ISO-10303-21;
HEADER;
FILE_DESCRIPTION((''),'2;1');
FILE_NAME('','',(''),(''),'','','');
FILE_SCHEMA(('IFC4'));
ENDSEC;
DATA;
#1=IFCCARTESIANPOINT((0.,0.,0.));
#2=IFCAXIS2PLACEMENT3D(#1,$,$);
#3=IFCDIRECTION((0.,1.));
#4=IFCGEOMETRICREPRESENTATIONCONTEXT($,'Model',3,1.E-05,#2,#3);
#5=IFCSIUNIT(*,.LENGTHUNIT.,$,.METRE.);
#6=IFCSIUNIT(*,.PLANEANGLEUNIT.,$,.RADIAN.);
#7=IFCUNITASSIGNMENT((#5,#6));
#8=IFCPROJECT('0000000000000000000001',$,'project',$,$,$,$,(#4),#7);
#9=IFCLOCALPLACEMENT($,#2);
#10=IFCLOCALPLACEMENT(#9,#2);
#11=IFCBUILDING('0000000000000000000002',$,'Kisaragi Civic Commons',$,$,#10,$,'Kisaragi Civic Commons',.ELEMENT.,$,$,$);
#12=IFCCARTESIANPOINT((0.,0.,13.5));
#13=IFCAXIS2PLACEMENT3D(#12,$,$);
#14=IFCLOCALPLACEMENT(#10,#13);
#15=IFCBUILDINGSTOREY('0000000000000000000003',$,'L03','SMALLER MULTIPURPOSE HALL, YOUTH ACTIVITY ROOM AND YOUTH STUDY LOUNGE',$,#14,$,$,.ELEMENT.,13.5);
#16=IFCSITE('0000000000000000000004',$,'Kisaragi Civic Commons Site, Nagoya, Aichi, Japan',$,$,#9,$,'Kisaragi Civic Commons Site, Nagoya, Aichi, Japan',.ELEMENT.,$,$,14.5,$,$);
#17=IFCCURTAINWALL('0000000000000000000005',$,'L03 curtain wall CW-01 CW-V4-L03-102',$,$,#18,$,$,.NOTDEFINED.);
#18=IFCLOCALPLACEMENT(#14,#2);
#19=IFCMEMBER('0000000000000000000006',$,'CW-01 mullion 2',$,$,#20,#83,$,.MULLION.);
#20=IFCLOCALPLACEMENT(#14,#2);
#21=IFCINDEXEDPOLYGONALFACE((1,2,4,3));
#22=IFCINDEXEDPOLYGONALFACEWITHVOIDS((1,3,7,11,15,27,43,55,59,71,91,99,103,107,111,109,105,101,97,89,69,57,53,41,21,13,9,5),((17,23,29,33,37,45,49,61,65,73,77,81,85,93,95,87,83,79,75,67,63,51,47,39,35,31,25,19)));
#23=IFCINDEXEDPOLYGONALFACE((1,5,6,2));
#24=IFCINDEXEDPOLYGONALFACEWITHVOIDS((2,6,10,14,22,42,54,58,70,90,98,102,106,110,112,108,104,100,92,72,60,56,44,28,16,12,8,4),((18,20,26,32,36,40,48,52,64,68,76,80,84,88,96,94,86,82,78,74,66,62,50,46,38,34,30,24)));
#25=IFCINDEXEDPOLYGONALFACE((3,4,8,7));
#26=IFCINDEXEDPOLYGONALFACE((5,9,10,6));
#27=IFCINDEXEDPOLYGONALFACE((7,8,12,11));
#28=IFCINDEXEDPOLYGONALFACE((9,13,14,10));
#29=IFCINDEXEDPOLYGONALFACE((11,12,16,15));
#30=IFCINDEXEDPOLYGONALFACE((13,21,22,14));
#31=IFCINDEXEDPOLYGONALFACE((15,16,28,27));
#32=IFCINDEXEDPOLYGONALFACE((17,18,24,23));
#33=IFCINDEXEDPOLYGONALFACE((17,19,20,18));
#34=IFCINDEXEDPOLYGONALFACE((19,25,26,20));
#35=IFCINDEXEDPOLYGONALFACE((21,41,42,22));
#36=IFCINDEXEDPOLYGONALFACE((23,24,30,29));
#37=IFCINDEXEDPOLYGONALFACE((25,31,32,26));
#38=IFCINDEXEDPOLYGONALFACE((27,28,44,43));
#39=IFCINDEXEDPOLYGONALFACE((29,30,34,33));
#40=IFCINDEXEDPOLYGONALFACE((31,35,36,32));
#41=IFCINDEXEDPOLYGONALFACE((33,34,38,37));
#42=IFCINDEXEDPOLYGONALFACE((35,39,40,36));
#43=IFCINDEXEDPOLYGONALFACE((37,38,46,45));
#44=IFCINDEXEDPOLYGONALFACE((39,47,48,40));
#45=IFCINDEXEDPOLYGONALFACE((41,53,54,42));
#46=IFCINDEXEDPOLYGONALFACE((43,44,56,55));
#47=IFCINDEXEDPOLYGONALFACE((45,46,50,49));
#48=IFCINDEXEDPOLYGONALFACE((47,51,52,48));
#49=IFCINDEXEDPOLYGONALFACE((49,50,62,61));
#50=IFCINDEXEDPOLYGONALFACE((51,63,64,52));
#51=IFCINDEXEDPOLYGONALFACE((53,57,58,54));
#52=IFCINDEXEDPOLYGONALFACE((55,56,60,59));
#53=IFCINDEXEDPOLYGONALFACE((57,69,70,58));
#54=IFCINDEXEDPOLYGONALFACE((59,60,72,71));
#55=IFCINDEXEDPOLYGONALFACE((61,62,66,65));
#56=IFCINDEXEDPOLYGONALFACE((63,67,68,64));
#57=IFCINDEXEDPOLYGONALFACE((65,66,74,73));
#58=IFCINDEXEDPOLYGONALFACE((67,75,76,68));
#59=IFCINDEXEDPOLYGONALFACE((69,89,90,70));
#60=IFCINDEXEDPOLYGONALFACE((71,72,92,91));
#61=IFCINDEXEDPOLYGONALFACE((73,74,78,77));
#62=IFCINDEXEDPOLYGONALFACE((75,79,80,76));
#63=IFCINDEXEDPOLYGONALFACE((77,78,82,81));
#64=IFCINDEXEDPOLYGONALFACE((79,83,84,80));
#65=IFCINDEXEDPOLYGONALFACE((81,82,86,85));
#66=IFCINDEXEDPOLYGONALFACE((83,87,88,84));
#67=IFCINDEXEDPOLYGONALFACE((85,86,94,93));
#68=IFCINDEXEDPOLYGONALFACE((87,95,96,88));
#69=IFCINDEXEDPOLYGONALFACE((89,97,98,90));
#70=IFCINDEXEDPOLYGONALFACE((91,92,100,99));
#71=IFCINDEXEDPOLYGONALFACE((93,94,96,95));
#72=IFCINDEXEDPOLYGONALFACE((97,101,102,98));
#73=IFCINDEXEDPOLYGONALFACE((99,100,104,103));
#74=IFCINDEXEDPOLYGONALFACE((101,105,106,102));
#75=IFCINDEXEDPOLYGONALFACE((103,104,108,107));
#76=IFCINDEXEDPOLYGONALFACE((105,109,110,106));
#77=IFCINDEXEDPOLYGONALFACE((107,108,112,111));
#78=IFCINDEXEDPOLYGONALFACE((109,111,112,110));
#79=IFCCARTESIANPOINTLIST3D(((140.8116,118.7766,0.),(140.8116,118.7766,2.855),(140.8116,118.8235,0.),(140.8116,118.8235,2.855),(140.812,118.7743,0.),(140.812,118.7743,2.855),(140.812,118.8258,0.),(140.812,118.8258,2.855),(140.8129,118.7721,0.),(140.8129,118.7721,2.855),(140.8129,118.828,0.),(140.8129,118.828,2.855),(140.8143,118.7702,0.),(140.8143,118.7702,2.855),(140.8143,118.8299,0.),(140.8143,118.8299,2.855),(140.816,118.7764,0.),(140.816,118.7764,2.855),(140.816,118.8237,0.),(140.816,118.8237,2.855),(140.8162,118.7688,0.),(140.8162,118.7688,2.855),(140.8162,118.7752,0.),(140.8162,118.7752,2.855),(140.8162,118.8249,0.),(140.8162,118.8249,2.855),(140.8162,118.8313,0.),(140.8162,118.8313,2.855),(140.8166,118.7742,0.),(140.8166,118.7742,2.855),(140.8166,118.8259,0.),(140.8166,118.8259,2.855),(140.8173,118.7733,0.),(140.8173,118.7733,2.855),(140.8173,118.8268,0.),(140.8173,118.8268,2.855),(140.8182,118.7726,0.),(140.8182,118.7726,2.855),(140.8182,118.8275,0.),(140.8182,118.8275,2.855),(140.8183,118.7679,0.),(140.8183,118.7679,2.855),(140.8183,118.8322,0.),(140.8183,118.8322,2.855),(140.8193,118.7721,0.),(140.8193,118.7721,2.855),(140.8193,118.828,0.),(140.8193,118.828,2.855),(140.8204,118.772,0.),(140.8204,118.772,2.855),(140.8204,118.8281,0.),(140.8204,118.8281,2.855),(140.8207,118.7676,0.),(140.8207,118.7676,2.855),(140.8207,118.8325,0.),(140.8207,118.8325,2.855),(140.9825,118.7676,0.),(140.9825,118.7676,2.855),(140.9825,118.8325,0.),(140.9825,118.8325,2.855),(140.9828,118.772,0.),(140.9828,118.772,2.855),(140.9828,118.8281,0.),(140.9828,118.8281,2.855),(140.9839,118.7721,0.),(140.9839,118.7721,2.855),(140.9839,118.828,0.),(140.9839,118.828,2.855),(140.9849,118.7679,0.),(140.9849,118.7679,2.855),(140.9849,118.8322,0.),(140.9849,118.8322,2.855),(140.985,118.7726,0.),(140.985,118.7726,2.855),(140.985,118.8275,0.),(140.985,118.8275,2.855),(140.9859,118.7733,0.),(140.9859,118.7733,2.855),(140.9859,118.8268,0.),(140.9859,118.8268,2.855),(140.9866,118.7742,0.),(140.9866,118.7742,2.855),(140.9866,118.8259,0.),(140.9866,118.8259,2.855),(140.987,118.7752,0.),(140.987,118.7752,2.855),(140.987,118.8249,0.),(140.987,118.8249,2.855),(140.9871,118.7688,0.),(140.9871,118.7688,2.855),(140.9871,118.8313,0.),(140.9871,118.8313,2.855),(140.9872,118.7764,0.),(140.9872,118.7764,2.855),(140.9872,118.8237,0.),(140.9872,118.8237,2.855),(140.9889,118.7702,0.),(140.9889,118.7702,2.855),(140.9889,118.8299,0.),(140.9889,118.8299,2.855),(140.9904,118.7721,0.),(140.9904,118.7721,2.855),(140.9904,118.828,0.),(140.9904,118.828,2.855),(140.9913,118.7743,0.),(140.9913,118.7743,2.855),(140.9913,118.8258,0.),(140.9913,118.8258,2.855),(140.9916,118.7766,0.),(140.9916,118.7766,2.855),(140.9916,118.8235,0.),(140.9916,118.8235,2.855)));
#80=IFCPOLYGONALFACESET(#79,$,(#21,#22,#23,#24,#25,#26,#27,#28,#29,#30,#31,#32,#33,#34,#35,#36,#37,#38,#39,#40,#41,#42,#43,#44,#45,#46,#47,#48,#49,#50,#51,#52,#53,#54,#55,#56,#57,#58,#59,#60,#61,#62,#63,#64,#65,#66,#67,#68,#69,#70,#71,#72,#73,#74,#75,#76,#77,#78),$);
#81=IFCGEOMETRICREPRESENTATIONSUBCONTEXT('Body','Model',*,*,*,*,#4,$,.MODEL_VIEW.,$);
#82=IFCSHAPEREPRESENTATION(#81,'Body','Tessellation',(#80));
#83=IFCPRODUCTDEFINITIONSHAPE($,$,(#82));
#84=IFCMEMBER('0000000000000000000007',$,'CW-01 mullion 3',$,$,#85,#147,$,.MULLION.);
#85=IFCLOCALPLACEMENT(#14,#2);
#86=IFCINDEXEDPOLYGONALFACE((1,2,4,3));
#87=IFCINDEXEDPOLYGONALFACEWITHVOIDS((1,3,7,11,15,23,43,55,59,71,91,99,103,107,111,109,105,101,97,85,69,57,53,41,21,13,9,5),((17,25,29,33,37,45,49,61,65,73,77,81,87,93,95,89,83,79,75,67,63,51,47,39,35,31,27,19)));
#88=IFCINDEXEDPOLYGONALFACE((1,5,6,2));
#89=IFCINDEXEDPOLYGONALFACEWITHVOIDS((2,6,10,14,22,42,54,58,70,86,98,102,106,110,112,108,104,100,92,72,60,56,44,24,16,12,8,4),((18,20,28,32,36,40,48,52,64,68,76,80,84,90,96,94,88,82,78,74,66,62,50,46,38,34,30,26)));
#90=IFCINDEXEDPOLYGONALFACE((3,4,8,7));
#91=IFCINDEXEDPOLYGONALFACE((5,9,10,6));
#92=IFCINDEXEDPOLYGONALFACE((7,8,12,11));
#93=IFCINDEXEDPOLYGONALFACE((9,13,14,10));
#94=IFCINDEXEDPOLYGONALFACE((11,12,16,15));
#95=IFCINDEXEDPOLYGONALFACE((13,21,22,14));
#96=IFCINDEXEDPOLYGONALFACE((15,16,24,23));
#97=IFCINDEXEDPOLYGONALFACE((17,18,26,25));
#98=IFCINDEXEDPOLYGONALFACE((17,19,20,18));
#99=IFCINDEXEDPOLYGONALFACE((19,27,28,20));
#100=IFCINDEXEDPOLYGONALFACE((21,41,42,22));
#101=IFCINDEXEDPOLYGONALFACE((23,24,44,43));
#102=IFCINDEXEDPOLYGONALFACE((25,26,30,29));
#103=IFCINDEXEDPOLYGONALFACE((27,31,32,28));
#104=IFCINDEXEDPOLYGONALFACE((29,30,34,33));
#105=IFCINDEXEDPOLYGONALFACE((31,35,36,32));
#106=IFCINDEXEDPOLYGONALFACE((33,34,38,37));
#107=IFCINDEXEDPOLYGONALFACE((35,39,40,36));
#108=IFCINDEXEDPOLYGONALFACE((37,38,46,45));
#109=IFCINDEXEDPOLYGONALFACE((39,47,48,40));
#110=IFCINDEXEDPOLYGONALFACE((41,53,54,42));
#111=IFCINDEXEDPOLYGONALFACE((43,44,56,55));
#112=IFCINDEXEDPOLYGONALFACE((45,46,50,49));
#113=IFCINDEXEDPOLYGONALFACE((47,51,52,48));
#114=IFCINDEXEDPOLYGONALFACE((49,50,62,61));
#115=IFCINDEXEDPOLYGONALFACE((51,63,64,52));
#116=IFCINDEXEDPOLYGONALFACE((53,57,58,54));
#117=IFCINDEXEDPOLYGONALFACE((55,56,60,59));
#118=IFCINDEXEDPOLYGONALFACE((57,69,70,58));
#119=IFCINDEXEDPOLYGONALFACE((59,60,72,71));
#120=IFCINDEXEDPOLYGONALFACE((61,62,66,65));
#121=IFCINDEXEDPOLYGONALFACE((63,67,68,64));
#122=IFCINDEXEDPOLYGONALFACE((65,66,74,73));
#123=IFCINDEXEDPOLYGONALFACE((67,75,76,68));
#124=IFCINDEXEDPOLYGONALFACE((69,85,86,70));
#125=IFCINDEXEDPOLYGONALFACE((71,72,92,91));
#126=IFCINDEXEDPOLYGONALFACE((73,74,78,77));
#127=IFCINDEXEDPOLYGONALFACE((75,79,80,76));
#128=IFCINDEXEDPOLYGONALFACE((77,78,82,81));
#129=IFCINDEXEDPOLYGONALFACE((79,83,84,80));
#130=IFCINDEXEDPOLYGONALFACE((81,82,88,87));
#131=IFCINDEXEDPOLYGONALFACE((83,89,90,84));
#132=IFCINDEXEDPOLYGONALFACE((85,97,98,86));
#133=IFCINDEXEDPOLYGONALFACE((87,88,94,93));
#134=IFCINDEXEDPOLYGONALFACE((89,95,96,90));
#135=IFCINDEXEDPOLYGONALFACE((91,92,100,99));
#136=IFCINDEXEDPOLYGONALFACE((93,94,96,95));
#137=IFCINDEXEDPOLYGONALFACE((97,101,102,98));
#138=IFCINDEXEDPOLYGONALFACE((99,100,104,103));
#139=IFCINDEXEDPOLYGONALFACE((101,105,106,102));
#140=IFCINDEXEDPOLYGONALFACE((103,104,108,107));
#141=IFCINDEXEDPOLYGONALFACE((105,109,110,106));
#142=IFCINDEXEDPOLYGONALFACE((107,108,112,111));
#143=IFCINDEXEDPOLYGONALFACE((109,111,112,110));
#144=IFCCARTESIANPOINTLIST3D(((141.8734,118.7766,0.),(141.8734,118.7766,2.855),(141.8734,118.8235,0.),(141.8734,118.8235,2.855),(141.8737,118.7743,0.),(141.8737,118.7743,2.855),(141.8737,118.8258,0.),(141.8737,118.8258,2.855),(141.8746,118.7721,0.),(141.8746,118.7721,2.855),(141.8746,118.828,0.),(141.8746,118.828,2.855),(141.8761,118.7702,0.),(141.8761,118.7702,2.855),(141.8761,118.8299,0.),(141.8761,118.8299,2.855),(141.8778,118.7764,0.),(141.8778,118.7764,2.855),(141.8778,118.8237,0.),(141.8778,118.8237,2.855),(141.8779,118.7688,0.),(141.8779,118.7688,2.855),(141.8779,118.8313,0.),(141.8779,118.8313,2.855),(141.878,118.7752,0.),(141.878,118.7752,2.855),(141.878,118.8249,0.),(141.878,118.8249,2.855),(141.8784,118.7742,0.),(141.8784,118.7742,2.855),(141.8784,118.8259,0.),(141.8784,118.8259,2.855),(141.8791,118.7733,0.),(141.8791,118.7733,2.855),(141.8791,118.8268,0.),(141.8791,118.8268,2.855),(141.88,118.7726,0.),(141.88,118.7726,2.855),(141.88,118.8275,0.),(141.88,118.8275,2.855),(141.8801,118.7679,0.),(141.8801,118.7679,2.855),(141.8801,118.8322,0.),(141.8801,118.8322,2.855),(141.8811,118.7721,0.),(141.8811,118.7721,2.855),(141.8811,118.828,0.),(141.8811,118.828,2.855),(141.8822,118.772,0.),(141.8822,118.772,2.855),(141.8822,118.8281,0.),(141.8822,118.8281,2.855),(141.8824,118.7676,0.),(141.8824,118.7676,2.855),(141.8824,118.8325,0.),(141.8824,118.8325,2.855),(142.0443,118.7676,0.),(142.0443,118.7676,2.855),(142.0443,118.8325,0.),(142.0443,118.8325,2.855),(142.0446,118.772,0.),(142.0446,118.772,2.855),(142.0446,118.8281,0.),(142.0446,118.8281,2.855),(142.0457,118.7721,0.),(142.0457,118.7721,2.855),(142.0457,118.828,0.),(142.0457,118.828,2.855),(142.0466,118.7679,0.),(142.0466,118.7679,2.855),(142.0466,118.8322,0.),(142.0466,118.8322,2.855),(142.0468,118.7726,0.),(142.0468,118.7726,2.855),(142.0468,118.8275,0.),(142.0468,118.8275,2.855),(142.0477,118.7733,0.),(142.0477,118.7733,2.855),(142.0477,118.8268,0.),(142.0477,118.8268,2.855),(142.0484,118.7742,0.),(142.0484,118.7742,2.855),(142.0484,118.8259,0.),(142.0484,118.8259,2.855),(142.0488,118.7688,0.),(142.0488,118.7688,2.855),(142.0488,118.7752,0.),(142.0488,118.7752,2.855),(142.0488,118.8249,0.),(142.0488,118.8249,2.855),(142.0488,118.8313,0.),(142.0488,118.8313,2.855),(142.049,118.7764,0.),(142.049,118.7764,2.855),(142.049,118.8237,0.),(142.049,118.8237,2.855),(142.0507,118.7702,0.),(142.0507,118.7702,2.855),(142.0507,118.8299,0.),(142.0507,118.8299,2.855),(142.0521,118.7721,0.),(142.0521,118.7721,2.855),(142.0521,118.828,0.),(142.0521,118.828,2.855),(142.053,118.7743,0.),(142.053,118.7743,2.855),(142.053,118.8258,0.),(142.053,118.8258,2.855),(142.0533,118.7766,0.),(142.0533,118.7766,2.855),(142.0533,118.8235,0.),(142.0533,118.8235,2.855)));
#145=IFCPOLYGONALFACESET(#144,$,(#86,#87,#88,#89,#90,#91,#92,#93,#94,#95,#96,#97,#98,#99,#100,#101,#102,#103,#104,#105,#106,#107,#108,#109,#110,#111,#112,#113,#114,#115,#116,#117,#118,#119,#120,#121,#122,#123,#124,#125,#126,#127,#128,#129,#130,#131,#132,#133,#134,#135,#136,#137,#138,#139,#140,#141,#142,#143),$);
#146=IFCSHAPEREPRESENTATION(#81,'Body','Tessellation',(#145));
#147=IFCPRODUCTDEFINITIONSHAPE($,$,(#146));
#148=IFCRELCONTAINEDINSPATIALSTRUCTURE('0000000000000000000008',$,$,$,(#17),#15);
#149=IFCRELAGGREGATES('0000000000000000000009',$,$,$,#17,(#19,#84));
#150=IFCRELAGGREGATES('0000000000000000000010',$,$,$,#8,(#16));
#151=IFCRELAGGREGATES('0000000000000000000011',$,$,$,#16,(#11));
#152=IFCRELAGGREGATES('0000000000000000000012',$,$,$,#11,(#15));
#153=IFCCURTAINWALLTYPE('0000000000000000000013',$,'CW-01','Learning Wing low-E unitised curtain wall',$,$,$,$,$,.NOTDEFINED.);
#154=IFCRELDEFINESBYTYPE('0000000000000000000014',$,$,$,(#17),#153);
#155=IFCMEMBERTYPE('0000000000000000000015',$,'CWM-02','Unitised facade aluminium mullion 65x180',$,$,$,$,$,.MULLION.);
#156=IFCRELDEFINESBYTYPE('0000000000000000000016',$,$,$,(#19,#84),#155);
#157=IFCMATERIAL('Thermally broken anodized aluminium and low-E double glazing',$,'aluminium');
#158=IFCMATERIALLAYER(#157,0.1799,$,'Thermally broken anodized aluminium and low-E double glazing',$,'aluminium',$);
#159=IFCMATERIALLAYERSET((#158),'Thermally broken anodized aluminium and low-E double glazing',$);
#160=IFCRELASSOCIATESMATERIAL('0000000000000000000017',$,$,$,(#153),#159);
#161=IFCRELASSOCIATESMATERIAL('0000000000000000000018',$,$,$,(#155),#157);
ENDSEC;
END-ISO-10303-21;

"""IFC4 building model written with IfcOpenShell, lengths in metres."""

from ifc_helpers import new_model, si_unit, direction, frame, origin, origin_2d, place, context, subcontext, project, spatial, hollow_rectangle, extrude, material, layer, layer_set, material_profile, profile_set, type_object, element, aggregate, save


model = new_model("IFC4")

# Units and contexts
model_context = context("Model", 3, precision=1e-05, world=origin(), true_north=direction((0.0, 1.0)))
body_context = subcontext(model_context, "Body", "Model", "MODEL_VIEW")
ifc_project = project(units=[si_unit("LENGTHUNIT", "METRE"), si_unit("PLANEANGLEUNIT", "RADIAN")], contexts=[model_context])

# Site, building, storey
site_placement = place(None, origin())
site = spatial("IfcSite", under=ifc_project, at=site_placement, Name="Kisaragi Civic Commons Site, Nagoya, Aichi, Japan", LongName="Kisaragi Civic Commons Site, Nagoya, Aichi, Japan", CompositionType="ELEMENT", RefElevation=14.5)
building_placement = place(site_placement, origin())
building = spatial("IfcBuilding", under=site, at=building_placement, Name="Kisaragi Civic Commons", LongName="Kisaragi Civic Commons", CompositionType="ELEMENT")
storey_placement = place(building_placement, frame((0.0, 0.0, 13.5)))
storey = spatial("IfcBuildingStorey", under=building, at=storey_placement, Name="L03", Description="SMALLER MULTIPURPOSE HALL, YOUTH ACTIVITY ROOM AND YOUTH STUDY LOUNGE", CompositionType="ELEMENT", Elevation=13.5)

# Shared definitions
ifc_material = material(Name="Thermally broken anodized aluminium and low-E double glazing", Category="aluminium")
ifc_layer_1 = layer(ifc_material, 0.1799, Name="Thermally broken anodized aluminium and low-E double glazing", Category="aluminium")
ifc_layer_set_1 = layer_set([ifc_layer_1], Name="Thermally broken anodized aluminium and low-E double glazing")
curtain_wall_type = type_object("IfcCurtainWallType", Name="CW-01", Description="Learning Wing low-E unitised curtain wall", PredefinedType="NOTDEFINED", material=ifc_layer_set_1)
ifc_material_profile_1 = material_profile(ifc_material, hollow_rectangle(XDim=0.0649, YDim=0.1799, WallThickness=0.0044, InnerFilletRadius=0.0044, OuterFilletRadius=0.009, at=origin_2d()), Name="CWM-65x180x4.5", Category="aluminium")
ifc_profile_set_1 = profile_set([ifc_material_profile_1], Name="Thermally broken anodized aluminium and low-E double glazing")
member_type_1 = type_object("IfcMemberType", Name="CWM-02", Description="Unitised facade aluminium mullion 65x180", PredefinedType="MULLION", material=ifc_profile_set_1)

# Curtain wall, members
curtain_wall_1_placement = place(storey_placement, origin())
curtain_wall_1 = element("IfcCurtainWall", 1, at=curtain_wall_1_placement, inside=storey, type_object=curtain_wall_type, Name="L03 curtain wall CW-01 CW-V4-L03-102", PredefinedType="NOTDEFINED")
member_1_placement = place(storey_placement, frame((140.9016, 118.8, 0.0), z_axis=(0.0, 0.0, 1.0), x_axis=(0.0, 1.0, 0.0)))
member_1 = element("IfcMember", 2, at=member_1_placement, type_object=member_type_1, Name="CW-01 mullion 2", PredefinedType="MULLION", context=body_context, shape_type="SweptSolid", body=[
    extrude(hollow_rectangle(XDim=0.0649, YDim=0.1799, WallThickness=0.0044, InnerFilletRadius=0.0044, OuterFilletRadius=0.009, at=origin_2d()), origin(), (0.0, 0.0, 1.0), 2.855),
])
member_2_placement = place(storey_placement, frame((141.9634, 118.8, 0.0), z_axis=(0.0, 0.0, 1.0), x_axis=(0.0, 1.0, 0.0)))
member_2 = element("IfcMember", 3, at=member_2_placement, type_object=member_type_1, Name="CW-01 mullion 3", PredefinedType="MULLION", context=body_context, shape_type="SweptSolid", body=[
    extrude(hollow_rectangle(XDim=0.0649, YDim=0.1799, WallThickness=0.0044, InnerFilletRadius=0.0044, OuterFilletRadius=0.009, at=origin_2d()), origin(), (0.0, 0.0, 1.0), 2.855),
])

aggregate(curtain_wall_1, [member_1, member_2])

save(model, "model.ifc")
